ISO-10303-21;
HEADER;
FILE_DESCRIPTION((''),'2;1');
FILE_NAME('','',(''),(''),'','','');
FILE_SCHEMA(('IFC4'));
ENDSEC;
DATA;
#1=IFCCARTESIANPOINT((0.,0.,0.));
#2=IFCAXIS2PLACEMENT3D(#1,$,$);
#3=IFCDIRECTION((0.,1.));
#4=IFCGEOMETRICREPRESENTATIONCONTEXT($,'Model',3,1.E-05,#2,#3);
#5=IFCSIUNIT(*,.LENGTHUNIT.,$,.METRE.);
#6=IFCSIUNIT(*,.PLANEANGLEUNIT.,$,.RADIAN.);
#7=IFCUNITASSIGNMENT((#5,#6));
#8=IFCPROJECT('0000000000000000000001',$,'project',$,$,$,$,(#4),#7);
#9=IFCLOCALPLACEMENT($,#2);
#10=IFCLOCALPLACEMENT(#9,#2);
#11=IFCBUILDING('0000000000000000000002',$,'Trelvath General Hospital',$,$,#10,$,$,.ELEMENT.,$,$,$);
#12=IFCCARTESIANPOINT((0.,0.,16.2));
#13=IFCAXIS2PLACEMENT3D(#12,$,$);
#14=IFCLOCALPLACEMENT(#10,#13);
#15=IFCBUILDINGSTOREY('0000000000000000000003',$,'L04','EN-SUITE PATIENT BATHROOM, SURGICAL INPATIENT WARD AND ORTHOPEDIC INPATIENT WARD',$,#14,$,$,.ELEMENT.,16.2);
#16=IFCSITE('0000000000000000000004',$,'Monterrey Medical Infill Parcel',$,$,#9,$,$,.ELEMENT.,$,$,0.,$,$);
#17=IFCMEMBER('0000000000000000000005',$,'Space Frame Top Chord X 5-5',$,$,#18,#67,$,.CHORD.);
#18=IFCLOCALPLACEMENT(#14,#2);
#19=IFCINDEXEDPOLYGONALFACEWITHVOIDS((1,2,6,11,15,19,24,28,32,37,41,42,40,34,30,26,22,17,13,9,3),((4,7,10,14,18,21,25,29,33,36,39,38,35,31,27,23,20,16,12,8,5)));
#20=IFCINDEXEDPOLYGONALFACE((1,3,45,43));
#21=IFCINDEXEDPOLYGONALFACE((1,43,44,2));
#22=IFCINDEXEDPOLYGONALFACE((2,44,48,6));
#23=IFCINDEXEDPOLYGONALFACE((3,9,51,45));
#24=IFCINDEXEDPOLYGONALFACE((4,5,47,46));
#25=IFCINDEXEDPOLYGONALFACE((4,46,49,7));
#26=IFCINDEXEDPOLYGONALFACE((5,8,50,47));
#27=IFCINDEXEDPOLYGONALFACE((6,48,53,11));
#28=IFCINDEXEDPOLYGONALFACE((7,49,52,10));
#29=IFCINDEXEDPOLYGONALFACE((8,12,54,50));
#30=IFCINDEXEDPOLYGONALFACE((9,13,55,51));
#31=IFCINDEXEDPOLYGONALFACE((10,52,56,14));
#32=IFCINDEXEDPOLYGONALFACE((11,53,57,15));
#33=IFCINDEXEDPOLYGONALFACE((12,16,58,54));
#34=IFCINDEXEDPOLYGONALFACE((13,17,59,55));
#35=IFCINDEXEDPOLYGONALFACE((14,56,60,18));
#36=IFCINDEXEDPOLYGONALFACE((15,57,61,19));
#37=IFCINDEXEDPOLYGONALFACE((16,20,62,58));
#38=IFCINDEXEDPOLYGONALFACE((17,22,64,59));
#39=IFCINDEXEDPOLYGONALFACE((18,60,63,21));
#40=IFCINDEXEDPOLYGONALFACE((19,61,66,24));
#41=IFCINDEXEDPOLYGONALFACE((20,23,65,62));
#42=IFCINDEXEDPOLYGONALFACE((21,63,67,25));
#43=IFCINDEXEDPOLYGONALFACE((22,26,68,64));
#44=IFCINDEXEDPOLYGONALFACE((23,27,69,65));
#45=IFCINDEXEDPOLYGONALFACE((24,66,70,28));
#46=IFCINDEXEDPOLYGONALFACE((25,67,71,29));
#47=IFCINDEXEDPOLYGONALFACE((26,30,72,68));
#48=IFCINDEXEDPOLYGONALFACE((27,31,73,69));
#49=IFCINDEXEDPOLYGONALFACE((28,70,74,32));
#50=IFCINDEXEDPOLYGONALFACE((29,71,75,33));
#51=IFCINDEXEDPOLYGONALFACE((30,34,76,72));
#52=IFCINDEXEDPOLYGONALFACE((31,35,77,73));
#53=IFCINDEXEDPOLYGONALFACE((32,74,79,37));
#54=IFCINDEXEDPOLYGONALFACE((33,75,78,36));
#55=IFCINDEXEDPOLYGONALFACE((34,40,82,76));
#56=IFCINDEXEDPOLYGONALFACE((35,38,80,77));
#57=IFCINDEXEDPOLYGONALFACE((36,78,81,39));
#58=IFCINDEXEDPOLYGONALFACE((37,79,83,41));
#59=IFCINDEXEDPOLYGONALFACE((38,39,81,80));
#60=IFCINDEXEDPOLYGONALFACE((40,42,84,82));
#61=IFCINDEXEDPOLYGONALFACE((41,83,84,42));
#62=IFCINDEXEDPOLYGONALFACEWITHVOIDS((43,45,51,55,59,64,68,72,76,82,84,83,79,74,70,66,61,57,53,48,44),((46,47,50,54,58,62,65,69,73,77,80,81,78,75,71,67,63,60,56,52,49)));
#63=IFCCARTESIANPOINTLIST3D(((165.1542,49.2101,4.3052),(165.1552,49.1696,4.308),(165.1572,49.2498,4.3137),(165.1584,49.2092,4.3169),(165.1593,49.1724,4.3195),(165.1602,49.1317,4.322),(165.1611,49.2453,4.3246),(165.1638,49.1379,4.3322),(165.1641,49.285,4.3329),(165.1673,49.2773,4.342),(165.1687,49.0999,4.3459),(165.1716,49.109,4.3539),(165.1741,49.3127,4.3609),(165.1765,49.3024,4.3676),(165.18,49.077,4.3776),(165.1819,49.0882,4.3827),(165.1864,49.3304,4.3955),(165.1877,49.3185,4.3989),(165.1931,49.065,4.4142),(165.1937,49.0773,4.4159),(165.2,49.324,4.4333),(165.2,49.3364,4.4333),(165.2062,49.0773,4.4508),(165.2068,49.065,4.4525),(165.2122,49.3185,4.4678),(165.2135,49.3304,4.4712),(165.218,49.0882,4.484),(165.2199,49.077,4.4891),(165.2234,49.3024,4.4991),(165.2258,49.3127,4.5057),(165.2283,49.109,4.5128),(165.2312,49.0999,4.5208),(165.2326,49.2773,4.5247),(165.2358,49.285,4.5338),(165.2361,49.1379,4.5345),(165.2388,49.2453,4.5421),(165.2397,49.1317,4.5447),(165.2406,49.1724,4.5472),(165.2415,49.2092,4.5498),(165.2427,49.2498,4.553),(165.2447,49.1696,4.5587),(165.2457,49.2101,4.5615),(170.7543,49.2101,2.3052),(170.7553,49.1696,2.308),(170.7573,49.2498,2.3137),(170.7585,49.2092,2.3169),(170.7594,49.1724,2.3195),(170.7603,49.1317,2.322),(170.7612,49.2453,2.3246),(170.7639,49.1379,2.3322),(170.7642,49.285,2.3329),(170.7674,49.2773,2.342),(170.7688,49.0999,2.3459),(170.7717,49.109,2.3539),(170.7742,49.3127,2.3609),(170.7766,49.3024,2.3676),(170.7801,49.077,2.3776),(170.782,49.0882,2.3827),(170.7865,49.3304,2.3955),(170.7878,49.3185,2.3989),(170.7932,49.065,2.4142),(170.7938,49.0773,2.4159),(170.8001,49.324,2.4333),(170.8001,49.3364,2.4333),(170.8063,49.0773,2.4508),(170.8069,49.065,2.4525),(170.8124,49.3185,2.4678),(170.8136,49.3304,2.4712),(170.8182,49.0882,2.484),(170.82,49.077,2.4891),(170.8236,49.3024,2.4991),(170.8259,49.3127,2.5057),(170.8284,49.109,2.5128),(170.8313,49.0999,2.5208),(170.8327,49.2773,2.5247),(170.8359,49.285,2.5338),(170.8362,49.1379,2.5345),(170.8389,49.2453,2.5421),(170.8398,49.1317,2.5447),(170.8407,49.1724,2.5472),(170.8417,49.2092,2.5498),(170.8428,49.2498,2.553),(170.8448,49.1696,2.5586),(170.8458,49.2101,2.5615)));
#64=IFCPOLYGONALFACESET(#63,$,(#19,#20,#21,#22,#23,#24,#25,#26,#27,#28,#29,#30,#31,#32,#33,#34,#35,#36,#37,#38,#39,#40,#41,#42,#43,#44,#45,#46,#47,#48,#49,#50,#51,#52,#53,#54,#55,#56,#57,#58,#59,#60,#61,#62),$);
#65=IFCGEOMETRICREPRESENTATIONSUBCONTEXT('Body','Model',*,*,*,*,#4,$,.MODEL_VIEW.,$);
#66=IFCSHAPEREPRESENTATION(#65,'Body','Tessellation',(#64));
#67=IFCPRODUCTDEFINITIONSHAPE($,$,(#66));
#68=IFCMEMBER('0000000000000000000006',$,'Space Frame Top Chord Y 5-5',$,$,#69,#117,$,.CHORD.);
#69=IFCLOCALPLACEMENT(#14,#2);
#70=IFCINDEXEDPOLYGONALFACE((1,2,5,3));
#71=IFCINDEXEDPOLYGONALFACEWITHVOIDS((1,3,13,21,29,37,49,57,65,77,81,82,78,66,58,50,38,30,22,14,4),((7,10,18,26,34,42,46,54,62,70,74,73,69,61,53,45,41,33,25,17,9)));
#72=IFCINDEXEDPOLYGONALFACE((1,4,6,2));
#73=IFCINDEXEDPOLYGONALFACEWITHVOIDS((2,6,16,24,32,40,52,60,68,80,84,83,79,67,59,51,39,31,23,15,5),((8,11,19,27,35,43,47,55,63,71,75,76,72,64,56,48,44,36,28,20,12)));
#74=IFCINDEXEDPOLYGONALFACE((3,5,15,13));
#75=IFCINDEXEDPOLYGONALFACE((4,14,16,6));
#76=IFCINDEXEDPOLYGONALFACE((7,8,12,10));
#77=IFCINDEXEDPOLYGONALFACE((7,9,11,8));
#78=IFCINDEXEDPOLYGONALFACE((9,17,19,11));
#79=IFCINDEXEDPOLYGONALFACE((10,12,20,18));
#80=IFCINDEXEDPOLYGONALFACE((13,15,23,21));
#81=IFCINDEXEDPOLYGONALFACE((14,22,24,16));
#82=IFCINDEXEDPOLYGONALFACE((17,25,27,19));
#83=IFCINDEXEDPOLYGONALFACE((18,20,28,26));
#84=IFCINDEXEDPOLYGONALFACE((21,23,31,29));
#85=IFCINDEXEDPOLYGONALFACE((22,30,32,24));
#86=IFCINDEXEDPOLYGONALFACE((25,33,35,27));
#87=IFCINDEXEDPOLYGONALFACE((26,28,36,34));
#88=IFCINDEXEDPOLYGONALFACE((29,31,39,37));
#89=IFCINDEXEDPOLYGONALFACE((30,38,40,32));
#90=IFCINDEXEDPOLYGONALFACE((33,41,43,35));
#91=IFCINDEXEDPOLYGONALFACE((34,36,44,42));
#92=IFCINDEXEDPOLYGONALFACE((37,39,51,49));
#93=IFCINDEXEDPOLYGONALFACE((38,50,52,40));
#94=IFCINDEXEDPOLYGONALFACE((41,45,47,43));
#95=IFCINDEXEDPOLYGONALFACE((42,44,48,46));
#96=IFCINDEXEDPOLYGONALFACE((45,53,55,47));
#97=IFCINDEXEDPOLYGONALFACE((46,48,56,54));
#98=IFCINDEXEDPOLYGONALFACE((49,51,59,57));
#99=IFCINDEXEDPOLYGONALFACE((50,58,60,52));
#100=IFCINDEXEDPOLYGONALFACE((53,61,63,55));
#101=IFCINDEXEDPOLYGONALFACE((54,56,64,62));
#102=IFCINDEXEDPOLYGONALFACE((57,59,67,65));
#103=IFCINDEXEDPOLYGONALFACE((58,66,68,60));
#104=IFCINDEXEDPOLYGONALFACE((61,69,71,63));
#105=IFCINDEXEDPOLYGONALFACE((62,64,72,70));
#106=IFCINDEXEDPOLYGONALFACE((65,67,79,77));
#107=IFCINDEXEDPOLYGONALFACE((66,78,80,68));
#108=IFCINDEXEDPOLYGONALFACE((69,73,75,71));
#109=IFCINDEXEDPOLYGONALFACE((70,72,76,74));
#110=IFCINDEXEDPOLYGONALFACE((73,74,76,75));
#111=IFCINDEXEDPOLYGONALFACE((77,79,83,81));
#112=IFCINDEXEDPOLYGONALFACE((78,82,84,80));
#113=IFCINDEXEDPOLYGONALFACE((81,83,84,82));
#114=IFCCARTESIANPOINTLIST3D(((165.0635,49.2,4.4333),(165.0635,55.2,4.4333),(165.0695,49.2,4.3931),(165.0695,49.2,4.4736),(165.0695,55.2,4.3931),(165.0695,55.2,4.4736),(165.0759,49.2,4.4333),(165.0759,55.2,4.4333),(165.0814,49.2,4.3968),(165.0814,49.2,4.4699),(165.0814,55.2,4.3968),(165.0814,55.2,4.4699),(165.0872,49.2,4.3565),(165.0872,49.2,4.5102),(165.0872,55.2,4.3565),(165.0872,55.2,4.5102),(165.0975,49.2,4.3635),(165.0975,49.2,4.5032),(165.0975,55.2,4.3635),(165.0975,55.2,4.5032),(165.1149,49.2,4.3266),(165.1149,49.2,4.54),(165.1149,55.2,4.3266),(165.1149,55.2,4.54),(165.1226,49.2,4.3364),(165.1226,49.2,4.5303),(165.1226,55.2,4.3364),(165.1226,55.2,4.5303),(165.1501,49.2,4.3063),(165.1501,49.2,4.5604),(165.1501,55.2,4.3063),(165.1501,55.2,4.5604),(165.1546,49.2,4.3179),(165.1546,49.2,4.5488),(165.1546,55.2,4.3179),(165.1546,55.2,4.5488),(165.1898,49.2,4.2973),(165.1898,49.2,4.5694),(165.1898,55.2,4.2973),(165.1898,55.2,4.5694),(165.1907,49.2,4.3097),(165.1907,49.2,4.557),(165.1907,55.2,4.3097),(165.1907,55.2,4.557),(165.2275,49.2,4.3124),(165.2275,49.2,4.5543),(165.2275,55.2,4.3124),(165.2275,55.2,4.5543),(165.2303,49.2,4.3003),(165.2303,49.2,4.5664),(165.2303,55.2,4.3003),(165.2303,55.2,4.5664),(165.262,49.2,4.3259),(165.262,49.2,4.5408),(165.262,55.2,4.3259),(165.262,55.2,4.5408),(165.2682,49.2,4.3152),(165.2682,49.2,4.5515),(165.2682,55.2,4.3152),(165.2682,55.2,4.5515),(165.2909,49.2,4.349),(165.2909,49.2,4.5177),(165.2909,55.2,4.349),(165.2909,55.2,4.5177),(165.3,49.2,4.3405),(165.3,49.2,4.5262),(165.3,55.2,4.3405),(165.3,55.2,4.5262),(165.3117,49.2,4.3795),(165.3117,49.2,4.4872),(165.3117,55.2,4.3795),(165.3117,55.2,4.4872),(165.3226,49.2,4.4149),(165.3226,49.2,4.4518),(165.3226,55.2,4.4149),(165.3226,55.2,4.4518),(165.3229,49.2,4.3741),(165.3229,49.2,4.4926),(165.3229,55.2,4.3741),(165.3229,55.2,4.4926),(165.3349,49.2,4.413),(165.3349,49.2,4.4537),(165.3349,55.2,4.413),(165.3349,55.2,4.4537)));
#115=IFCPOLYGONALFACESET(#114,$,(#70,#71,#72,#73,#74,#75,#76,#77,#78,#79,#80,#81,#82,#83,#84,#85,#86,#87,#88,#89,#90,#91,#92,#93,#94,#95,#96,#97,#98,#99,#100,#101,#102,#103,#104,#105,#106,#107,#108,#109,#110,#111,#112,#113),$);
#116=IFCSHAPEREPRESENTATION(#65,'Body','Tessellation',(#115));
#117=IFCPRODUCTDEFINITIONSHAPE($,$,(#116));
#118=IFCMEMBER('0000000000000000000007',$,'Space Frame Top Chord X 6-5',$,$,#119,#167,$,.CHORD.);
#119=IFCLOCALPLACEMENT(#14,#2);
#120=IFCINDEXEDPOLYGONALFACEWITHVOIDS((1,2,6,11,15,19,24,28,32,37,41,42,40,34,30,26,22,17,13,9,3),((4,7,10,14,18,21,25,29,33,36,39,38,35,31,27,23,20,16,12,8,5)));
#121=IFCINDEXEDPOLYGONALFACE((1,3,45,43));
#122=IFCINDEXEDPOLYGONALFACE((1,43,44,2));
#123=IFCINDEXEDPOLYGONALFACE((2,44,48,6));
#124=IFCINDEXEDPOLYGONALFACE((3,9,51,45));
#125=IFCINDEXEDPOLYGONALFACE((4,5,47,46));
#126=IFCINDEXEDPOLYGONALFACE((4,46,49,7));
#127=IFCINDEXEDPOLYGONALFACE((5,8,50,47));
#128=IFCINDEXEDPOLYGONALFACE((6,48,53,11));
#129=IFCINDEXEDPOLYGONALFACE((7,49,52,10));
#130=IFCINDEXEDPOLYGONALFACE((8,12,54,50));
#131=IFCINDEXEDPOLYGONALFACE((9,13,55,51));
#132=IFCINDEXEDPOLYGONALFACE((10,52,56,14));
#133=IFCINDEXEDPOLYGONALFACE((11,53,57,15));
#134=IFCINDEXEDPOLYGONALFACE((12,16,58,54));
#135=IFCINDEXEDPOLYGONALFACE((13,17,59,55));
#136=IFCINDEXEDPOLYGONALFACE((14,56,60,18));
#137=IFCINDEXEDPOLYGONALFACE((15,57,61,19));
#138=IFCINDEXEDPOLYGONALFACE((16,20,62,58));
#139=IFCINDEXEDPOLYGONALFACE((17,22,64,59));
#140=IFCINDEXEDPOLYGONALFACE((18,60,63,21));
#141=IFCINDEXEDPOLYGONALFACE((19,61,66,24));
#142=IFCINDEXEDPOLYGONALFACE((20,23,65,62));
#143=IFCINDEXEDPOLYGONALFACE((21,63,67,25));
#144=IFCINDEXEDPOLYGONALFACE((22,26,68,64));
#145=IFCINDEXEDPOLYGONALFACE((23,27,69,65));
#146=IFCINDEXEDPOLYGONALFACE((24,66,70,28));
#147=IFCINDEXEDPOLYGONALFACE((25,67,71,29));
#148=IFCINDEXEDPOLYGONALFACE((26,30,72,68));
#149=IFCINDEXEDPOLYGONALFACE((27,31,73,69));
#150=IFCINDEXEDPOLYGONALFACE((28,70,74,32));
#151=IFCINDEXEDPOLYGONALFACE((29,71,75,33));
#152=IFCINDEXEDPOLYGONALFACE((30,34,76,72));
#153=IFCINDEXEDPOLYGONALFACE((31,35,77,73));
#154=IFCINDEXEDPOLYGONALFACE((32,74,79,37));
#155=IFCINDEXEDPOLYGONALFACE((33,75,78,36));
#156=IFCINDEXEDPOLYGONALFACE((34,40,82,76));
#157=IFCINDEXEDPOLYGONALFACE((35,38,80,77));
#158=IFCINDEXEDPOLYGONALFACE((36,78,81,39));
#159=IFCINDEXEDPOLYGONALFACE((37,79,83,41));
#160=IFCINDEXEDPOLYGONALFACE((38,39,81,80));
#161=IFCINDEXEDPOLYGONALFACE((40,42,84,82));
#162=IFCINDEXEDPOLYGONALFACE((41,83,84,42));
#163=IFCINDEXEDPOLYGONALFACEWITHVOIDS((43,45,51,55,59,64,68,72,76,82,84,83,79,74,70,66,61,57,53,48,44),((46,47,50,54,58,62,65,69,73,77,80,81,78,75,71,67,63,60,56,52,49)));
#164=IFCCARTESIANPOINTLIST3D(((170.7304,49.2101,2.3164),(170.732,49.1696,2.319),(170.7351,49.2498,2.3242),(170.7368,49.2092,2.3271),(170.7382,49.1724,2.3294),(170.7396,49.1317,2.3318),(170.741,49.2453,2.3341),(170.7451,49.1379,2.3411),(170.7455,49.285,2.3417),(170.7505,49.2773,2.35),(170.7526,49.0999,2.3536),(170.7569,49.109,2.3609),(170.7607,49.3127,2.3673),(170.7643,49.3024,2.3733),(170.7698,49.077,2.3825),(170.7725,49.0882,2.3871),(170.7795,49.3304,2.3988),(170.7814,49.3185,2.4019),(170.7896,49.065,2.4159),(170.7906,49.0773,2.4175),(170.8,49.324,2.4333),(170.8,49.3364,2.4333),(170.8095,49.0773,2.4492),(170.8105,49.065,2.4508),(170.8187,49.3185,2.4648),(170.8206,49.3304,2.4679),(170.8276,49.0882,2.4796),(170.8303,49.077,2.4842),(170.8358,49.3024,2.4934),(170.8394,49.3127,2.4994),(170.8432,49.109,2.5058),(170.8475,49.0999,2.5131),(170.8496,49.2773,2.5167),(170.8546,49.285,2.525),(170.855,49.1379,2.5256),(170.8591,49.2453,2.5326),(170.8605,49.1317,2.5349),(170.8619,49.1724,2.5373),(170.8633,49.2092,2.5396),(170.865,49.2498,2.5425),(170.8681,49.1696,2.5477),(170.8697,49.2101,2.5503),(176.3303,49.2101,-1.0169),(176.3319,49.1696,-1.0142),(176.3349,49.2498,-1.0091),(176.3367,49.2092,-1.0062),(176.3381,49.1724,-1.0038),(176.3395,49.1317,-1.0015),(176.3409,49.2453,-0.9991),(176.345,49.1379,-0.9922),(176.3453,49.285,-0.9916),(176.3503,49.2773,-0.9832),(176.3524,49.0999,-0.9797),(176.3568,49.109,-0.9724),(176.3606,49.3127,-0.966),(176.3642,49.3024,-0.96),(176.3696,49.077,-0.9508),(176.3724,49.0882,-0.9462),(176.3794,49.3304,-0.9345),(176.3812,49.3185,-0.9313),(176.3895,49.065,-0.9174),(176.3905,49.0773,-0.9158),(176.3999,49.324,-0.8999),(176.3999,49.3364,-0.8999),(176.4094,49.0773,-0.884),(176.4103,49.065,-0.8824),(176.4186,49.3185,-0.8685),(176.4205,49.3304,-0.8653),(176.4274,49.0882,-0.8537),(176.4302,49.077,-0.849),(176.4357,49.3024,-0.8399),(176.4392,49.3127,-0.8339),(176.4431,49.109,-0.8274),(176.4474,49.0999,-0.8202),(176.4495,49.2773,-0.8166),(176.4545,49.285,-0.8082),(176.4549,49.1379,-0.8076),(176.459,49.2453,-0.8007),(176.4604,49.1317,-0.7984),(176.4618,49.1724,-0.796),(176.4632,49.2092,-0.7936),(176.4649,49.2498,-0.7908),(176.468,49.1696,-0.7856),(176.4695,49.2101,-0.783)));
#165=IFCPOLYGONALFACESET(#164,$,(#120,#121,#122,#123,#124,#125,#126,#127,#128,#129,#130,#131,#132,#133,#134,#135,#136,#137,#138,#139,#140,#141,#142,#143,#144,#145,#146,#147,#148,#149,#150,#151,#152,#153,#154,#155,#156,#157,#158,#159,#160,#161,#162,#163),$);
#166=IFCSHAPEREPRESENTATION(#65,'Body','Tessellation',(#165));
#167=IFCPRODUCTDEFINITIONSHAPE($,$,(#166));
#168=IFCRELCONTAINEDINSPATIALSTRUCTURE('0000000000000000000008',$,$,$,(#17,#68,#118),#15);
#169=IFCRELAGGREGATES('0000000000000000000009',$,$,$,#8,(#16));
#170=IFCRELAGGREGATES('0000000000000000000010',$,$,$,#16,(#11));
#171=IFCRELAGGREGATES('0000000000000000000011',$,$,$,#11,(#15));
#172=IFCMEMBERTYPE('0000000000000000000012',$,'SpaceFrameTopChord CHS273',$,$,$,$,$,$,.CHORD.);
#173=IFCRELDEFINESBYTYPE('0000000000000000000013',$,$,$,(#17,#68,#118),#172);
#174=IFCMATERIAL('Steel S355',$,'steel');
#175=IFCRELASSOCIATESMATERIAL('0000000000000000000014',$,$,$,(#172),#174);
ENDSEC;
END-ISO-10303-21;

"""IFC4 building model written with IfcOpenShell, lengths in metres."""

from ifc_helpers import new_model, si_unit, direction, frame, origin, origin_2d, place, context, subcontext, project, spatial, hollow_circle, extrude, material, material_profile, profile_set, type_object, element, save


model = new_model("IFC4")

# Units and contexts
model_context = context("Model", 3, precision=1e-05, world=origin(), true_north=direction((0.0, 1.0)))
body_context = subcontext(model_context, "Body", "Model", "MODEL_VIEW")
ifc_project = project(units=[si_unit("LENGTHUNIT", "METRE"), si_unit("PLANEANGLEUNIT", "RADIAN")], contexts=[model_context])

# Site, building, storey
site_placement = place(None, origin())
site = spatial("IfcSite", under=ifc_project, at=site_placement, Name="Monterrey Medical Infill Parcel", CompositionType="ELEMENT", RefElevation=0.0)
building_placement = place(site_placement, origin())
building = spatial("IfcBuilding", under=site, at=building_placement, Name="Trelvath General Hospital", CompositionType="ELEMENT")
storey_placement = place(building_placement, frame((0.0, 0.0, 16.2)))
storey = spatial("IfcBuildingStorey", under=building, at=storey_placement, Name="L04", Description="EN-SUITE PATIENT BATHROOM, SURGICAL INPATIENT WARD AND ORTHOPEDIC INPATIENT WARD", CompositionType="ELEMENT", Elevation=16.2)

# Members
ifc_material_1 = material(Name="Steel S355", Category="steel")
ifc_material_profile_1 = material_profile(ifc_material_1, hollow_circle(Radius=0.1365, WallThickness=0.0125, at=origin_2d()), Name="CHS273.0x12.5")
ifc_profile_set_1 = profile_set([ifc_material_profile_1], Name="Steel S355")
member_type_1 = type_object("IfcMemberType", Name="SpaceFrameTopChord CHS273", PredefinedType="CHORD", material=ifc_profile_set_1)
member_1_placement = place(storey_placement, frame((165.2, 49.2, 4.4333), z_axis=(0.941744, 0.0, -0.336331), x_axis=(0.0, 1.0, 0.0)))
element("IfcMember", 1, at=member_1_placement, inside=storey, type_object=member_type_1, Name="Space Frame Top Chord X 5-5", PredefinedType="CHORD", context=body_context, shape_type="SweptSolid", body=[
    extrude(hollow_circle(Radius=0.1365, WallThickness=0.0125, at=origin_2d()), origin(), (0.0, 0.0, 1.0), 5.9465),
])
member_2_placement = place(storey_placement, frame((165.2, 49.2, 4.4333), z_axis=(0.0, 1.0, 0.0), x_axis=(-1.0, 0.0, 0.0)))
element("IfcMember", 2, at=member_2_placement, inside=storey, type_object=member_type_1, Name="Space Frame Top Chord Y 5-5", PredefinedType="CHORD", context=body_context, shape_type="SweptSolid", body=[
    extrude(hollow_circle(Radius=0.1365, WallThickness=0.0125, at=origin_2d()), origin(), (0.0, 0.0, 1.0), 6.0),
])
member_3_placement = place(storey_placement, frame((170.8, 49.2, 2.4333), z_axis=(0.859292, 0.0, -0.511485), x_axis=(0.0, 1.0, 0.0)))
element("IfcMember", 3, at=member_3_placement, inside=storey, type_object=member_type_1, Name="Space Frame Top Chord X 6-5", PredefinedType="CHORD", context=body_context, shape_type="SweptSolid", body=[
    extrude(hollow_circle(Radius=0.1365, WallThickness=0.0125, at=origin_2d()), origin(), (0.0, 0.0, 1.0), 6.5168),
])

save(model, "model.ifc")
